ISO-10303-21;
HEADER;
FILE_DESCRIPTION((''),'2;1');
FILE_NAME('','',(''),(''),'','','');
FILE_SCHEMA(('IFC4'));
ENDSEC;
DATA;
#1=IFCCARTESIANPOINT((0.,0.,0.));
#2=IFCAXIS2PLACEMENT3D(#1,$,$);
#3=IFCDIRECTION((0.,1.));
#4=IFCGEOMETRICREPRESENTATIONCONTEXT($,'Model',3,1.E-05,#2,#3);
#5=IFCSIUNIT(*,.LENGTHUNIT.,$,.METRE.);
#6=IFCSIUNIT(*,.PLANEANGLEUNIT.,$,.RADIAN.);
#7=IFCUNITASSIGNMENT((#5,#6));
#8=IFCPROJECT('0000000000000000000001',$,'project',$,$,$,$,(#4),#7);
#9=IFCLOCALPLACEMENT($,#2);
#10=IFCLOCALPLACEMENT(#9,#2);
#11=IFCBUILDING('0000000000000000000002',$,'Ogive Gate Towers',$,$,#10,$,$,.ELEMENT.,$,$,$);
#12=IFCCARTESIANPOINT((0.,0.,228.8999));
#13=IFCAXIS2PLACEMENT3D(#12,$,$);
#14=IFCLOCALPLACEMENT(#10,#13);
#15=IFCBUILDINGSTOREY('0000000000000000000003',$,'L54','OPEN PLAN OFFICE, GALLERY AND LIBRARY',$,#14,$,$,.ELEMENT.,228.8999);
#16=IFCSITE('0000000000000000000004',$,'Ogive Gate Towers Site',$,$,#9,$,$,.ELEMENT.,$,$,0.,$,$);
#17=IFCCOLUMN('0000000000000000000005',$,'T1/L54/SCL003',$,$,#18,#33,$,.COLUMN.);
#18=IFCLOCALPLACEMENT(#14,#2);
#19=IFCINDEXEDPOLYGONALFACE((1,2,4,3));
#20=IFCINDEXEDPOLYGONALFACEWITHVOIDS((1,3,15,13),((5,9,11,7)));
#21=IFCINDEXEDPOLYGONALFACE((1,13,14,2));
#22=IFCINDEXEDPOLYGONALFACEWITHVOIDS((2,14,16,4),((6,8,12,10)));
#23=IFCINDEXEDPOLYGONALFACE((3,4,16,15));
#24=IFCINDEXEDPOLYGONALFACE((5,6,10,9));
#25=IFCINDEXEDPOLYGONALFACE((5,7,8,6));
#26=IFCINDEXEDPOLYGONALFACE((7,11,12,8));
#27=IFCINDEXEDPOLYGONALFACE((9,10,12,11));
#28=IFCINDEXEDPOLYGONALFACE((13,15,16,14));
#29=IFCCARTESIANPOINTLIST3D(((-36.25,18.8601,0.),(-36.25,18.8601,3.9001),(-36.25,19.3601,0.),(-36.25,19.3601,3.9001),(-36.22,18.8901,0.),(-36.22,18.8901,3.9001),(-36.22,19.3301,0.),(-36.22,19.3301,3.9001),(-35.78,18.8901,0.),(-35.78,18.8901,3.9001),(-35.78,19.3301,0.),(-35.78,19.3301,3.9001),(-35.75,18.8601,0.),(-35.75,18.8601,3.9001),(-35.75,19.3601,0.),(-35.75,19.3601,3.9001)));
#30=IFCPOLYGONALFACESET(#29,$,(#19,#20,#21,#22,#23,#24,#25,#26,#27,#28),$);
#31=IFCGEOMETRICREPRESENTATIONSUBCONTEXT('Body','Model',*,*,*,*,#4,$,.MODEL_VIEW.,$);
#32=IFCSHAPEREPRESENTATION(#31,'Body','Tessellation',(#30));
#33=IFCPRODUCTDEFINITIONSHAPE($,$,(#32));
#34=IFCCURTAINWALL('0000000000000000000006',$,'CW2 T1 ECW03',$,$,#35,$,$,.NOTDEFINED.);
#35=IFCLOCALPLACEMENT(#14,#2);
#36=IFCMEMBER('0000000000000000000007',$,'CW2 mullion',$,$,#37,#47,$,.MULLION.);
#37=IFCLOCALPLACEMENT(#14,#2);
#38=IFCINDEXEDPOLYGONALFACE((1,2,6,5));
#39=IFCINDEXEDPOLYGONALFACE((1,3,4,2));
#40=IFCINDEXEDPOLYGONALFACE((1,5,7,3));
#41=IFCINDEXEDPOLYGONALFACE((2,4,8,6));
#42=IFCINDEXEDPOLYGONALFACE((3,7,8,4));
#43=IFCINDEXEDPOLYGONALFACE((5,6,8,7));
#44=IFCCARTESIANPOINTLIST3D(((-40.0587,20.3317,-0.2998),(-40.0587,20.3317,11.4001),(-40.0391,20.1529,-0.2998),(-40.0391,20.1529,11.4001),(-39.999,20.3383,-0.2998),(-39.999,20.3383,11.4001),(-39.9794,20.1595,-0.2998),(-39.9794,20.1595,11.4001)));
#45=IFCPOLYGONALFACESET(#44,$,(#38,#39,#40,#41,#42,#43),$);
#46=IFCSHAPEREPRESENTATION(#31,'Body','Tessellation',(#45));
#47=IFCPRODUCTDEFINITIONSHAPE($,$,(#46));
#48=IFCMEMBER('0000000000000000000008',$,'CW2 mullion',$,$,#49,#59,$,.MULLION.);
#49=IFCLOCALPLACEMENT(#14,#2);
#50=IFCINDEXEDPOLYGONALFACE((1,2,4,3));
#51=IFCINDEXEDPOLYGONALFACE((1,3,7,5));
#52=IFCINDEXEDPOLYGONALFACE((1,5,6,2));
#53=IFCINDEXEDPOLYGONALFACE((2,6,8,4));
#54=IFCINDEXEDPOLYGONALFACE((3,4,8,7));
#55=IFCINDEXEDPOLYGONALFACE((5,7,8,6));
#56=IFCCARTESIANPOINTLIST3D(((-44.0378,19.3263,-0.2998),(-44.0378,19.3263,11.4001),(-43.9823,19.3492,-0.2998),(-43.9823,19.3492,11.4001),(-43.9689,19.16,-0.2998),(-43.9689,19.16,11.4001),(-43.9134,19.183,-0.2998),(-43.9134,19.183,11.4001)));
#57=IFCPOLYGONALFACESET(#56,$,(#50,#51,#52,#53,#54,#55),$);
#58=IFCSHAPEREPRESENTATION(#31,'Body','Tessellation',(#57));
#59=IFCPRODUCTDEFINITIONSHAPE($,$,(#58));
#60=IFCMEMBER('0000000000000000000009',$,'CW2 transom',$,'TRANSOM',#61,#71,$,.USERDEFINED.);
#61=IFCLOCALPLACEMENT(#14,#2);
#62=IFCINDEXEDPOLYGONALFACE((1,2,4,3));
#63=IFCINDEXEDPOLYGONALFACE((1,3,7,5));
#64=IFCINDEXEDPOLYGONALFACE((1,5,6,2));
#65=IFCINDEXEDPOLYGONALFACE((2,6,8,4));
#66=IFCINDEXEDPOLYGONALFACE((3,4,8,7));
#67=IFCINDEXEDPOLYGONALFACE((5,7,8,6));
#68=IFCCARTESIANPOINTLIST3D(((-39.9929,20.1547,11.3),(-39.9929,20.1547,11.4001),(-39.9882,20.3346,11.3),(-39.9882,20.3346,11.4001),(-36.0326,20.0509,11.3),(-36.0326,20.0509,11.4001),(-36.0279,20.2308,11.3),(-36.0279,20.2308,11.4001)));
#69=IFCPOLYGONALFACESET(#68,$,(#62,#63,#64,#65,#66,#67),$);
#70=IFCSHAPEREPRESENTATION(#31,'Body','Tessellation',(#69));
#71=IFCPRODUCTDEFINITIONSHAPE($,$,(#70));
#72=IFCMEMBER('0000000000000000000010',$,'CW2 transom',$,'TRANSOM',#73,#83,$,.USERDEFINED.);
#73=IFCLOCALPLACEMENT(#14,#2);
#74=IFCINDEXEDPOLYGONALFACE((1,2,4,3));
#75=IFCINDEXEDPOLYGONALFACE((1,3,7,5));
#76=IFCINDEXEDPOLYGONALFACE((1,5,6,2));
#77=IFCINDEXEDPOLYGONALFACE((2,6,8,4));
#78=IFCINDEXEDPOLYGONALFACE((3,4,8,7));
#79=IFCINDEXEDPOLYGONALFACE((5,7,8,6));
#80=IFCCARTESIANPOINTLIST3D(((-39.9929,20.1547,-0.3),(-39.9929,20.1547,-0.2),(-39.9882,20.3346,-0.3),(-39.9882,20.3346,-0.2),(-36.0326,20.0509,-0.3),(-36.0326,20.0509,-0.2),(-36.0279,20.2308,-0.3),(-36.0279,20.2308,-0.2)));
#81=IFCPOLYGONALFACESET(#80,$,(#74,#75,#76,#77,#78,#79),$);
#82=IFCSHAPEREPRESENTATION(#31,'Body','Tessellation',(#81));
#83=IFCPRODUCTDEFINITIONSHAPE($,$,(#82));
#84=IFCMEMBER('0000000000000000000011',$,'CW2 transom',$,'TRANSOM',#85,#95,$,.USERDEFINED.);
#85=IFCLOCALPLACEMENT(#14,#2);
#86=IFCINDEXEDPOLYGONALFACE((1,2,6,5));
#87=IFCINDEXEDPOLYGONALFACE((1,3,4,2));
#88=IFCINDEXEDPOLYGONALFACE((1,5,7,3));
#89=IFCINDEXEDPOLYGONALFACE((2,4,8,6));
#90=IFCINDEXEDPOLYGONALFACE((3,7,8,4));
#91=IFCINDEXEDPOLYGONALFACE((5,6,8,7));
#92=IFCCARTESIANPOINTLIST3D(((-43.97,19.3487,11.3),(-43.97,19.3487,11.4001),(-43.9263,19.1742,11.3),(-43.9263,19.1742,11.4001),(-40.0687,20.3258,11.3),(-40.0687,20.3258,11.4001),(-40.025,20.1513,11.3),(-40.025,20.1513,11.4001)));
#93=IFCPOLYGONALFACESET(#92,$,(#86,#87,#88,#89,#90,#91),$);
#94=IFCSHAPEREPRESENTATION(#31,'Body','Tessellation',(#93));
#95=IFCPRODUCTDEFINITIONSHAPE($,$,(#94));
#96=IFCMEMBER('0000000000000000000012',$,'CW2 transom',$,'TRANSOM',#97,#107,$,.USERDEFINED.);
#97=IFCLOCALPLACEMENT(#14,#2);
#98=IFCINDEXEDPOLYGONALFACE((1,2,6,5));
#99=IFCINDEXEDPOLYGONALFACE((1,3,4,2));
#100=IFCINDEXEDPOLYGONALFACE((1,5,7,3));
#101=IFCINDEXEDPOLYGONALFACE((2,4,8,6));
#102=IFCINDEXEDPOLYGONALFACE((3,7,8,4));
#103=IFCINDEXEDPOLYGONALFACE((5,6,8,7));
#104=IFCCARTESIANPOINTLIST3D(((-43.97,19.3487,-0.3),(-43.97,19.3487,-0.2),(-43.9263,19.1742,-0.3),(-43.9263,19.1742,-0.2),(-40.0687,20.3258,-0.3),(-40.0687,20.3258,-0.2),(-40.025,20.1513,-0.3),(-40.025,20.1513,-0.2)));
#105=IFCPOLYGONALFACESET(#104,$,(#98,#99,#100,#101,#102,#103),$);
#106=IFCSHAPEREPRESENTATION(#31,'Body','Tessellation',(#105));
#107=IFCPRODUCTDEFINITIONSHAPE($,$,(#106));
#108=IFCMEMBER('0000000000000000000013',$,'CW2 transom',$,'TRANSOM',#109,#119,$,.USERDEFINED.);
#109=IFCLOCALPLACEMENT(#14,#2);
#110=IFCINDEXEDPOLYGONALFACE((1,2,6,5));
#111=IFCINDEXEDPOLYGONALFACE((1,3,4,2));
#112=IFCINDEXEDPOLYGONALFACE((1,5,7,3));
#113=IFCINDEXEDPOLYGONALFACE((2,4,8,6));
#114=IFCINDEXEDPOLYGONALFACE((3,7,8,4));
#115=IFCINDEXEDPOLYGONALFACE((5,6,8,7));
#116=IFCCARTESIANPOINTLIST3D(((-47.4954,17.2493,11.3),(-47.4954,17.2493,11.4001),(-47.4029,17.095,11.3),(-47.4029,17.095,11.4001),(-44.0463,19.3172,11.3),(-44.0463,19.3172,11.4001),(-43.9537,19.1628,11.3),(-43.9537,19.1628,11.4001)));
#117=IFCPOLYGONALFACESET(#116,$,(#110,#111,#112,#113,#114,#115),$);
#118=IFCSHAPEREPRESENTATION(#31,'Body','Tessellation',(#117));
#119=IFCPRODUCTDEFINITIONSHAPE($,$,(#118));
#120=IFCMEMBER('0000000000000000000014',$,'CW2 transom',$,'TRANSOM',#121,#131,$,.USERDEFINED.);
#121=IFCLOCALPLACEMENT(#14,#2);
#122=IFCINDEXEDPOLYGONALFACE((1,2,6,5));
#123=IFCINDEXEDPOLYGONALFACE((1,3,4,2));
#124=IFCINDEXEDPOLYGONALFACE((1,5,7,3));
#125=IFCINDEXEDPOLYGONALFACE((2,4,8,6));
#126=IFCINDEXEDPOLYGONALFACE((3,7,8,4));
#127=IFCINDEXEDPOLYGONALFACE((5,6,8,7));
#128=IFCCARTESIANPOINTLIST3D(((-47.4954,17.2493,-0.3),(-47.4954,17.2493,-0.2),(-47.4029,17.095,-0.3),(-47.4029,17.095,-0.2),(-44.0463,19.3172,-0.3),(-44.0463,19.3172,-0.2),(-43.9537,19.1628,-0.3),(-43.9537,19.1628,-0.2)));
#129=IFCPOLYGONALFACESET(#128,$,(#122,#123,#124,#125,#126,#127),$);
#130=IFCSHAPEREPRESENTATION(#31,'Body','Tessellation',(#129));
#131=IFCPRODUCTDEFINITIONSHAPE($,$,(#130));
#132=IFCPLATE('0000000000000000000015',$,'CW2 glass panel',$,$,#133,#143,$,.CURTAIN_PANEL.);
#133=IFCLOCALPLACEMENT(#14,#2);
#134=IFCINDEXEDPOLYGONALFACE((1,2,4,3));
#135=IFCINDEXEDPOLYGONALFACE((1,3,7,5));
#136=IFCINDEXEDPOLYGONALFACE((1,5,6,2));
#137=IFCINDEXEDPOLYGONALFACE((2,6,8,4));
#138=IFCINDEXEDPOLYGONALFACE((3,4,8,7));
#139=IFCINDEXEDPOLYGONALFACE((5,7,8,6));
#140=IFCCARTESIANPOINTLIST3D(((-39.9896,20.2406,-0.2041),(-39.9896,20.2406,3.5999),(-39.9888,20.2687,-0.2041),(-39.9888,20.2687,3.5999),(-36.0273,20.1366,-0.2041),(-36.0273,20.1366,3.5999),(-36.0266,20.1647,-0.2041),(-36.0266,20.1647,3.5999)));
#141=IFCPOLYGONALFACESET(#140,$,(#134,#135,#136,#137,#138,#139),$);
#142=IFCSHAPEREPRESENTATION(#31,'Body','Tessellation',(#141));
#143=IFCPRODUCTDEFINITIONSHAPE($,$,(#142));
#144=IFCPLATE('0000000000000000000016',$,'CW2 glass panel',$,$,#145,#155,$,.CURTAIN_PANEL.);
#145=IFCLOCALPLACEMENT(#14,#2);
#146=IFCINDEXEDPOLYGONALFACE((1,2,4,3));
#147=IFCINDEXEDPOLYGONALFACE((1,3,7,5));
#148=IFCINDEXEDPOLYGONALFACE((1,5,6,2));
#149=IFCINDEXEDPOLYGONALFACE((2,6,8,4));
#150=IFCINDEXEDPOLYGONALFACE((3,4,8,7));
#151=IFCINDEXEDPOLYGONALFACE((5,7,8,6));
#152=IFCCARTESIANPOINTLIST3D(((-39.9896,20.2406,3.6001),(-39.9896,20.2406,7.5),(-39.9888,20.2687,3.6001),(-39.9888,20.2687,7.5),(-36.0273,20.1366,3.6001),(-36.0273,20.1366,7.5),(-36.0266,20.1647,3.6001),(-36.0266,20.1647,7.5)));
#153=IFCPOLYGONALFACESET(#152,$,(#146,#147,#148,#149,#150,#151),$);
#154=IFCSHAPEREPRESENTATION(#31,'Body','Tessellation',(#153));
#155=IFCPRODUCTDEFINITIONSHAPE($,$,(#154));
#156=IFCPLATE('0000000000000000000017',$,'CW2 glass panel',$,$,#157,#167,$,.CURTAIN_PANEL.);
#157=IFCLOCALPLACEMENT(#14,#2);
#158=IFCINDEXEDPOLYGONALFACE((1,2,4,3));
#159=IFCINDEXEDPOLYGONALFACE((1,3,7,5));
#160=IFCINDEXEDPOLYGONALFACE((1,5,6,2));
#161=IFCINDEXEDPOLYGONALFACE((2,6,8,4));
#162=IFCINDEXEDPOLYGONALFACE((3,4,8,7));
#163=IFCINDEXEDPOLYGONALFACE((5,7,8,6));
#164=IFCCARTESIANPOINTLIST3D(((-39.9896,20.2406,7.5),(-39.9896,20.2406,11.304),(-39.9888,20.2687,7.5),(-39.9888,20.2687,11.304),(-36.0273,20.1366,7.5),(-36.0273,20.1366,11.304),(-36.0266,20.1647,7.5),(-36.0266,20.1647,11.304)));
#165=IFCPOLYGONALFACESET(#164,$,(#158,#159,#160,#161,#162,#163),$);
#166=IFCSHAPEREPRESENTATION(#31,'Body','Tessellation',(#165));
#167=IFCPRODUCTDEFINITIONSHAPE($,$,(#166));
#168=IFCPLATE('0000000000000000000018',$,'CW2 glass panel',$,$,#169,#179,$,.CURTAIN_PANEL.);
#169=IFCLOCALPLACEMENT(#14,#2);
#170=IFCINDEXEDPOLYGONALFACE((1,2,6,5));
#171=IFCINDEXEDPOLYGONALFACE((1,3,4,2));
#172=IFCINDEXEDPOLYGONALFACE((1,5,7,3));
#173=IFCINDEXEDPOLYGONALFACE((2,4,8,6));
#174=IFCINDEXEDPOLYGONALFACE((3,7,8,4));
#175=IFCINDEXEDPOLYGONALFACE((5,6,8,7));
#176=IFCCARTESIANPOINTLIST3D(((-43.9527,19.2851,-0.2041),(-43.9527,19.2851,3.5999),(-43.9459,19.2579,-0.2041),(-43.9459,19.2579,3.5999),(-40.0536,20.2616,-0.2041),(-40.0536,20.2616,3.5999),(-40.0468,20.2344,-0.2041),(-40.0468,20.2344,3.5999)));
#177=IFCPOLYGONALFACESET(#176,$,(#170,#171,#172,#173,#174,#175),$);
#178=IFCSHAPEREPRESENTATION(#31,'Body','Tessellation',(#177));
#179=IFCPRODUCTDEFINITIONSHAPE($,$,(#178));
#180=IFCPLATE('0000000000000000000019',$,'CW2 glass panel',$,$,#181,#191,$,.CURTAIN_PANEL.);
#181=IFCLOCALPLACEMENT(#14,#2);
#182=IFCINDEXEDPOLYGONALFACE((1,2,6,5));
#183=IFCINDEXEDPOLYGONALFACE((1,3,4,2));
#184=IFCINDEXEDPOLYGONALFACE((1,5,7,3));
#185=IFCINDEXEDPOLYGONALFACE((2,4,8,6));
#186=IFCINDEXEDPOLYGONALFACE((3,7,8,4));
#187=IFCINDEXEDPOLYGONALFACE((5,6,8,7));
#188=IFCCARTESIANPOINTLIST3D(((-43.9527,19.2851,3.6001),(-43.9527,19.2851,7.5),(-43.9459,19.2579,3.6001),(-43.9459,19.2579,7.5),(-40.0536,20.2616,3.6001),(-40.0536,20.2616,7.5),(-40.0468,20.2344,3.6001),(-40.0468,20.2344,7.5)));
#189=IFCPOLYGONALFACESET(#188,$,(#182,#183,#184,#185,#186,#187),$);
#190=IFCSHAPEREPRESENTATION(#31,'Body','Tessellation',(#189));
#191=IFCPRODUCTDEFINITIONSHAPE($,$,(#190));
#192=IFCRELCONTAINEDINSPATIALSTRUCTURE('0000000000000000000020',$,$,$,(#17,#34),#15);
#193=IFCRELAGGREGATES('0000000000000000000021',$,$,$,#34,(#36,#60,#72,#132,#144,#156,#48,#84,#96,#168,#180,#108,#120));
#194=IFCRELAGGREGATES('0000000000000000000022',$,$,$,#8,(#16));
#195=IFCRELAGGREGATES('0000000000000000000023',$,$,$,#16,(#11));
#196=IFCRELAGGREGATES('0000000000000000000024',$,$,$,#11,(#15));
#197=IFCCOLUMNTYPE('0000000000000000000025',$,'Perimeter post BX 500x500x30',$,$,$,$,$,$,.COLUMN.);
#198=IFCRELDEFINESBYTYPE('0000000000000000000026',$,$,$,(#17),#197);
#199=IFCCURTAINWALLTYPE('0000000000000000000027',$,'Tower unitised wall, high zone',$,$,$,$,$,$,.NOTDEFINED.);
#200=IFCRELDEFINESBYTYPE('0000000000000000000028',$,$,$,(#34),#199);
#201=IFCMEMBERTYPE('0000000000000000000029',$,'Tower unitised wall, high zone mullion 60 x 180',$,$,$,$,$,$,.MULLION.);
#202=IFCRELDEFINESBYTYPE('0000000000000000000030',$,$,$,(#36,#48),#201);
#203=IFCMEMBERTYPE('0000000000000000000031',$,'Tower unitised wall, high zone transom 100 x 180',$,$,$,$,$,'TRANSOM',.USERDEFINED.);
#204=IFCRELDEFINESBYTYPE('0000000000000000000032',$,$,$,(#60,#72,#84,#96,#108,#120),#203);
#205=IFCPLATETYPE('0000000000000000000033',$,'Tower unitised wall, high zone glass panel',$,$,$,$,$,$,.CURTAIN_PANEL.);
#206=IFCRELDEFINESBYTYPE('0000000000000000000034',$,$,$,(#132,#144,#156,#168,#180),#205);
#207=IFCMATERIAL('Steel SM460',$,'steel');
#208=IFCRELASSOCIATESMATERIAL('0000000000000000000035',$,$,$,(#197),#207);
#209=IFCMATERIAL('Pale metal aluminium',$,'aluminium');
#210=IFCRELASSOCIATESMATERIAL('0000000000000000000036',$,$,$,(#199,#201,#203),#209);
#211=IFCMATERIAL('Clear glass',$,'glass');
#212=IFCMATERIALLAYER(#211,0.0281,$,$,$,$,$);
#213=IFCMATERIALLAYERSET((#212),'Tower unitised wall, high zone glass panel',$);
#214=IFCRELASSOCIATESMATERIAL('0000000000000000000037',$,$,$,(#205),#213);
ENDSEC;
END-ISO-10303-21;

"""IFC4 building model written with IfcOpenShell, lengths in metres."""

from ifc_helpers import new_model, si_unit, direction, frame, origin, origin_2d, place, context, subcontext, project, spatial, rectangle, hollow_rectangle, extrude, material, layer, layer_set, material_profile, profile_set, type_object, element, aggregate, save


model = new_model("IFC4")

# Units and contexts
model_context = context("Model", 3, precision=1e-05, world=origin(), true_north=direction((0.0, 1.0)))
body_context = subcontext(model_context, "Body", "Model", "MODEL_VIEW")
ifc_project = project(units=[si_unit("LENGTHUNIT", "METRE"), si_unit("PLANEANGLEUNIT", "RADIAN")], contexts=[model_context])

# Site, building, storey
site_placement = place(None, origin())
site = spatial("IfcSite", under=ifc_project, at=site_placement, Name="Ogive Gate Towers Site", CompositionType="ELEMENT", RefElevation=0.0)
building_placement = place(site_placement, origin())
building = spatial("IfcBuilding", under=site, at=building_placement, Name="Ogive Gate Towers", CompositionType="ELEMENT")
storey_placement = place(building_placement, frame((0.0, 0.0, 228.8999)))
storey = spatial("IfcBuildingStorey", under=building, at=storey_placement, Name="L54", Description="OPEN PLAN OFFICE, GALLERY AND LIBRARY", CompositionType="ELEMENT", Elevation=228.8999)

# Column
ifc_material_1 = material(Name="Steel SM460", Category="steel")
ifc_material_profile_1 = material_profile(ifc_material_1, hollow_rectangle(XDim=0.5, YDim=0.5, WallThickness=0.03, at=origin_2d()), Name="BX 500x500x30")
ifc_profile_set_1 = profile_set([ifc_material_profile_1], Name="Steel SM460")
column_type = type_object("IfcColumnType", Name="Perimeter post BX 500x500x30", PredefinedType="COLUMN", material=ifc_profile_set_1)
column_placement = place(storey_placement, frame((-36.0, 19.1101, 0.0), z_axis=(0.0, 0.0, 1.0), x_axis=(1.0, 0.0, 0.0)))
element("IfcColumn", 1, at=column_placement, inside=storey, type_object=column_type, Name="T1/L54/SCL003", PredefinedType="COLUMN", context=body_context, shape_type="SweptSolid", body=[
    extrude(hollow_rectangle(XDim=0.5, YDim=0.5, WallThickness=0.03, at=origin_2d()), origin(), (0.0, 0.0, 1.0), 3.9001),
])

# Curtain wall, members, plates
ifc_material_2 = material(Name="Pale metal aluminium", Category="aluminium")
curtain_wall_type = type_object("IfcCurtainWallType", Name="Tower unitised wall, high zone", PredefinedType="NOTDEFINED", material=ifc_material_2)
curtain_wall_placement = place(storey_placement, origin())
curtain_wall = element("IfcCurtainWall", 2, at=curtain_wall_placement, inside=storey, type_object=curtain_wall_type, Name="CW2 T1 ECW03", PredefinedType="NOTDEFINED")
ifc_material_profile_2 = material_profile(ifc_material_2, rectangle(XDim=0.1799, YDim=0.0601, at=origin_2d()), Name="60 x 180 aluminium box")
ifc_profile_set_2 = profile_set([ifc_material_profile_2], Name="Pale metal aluminium")
member_type_1 = type_object("IfcMemberType", Name="Tower unitised wall, high zone mullion 60 x 180", PredefinedType="MULLION", material=ifc_profile_set_2)
member_1_placement = place(storey_placement, frame((-40.019, 20.2456, -0.2998), z_axis=(0.0, 0.0, 1.0), x_axis=(-0.10937, 0.994001, 0.0)))
member_1 = element("IfcMember", 3, at=member_1_placement, type_object=member_type_1, Name="CW2 mullion", PredefinedType="MULLION", context=body_context, shape_type="SweptSolid", body=[
    extrude(rectangle(XDim=0.1799, YDim=0.0601, at=origin_2d()), origin(), (0.0, 0.0, 1.0), 11.7),
])
member_2_placement = place(storey_placement, frame((-43.9756, 19.2546, -0.2998), z_axis=(0.0, 0.0, 1.0), x_axis=(-0.3827, 0.923873, 0.0)))
member_2 = element("IfcMember", 4, at=member_2_placement, type_object=member_type_1, Name="CW2 mullion", PredefinedType="MULLION", context=body_context, shape_type="SweptSolid", body=[
    extrude(rectangle(XDim=0.1799, YDim=0.0601, at=origin_2d()), origin(), (0.0, 0.0, 1.0), 11.7),
])
ifc_material_profile_3 = material_profile(ifc_material_2, rectangle(XDim=0.1799, YDim=0.1001, at=origin_2d()), Name="100 x 180 aluminium box")
ifc_profile_set_3 = profile_set([ifc_material_profile_3], Name="Pale metal aluminium")
member_type_2 = type_object("IfcMemberType", Name="Tower unitised wall, high zone transom 100 x 180", ElementType="TRANSOM", PredefinedType="USERDEFINED", material=ifc_profile_set_3)
member_3_placement = place(storey_placement, frame((-36.0303, 20.1409, 11.3501), z_axis=(-0.999657, 0.026192, 0.0), x_axis=(-0.026192, -0.999657, 0.0)))
member_3 = element("IfcMember", 5, at=member_3_placement, type_object=member_type_2, Name="CW2 transom", ObjectType="TRANSOM", PredefinedType="USERDEFINED", context=body_context, shape_type="SweptSolid", body=[
    extrude(rectangle(XDim=0.1799, YDim=0.1001, at=origin_2d()), origin(), (0.0, 0.0, 1.0), 3.9617),
])
member_4_placement = place(storey_placement, frame((-36.0303, 20.1409, -0.25), z_axis=(-0.999657, 0.026192, 0.0), x_axis=(-0.026192, -0.999657, 0.0)))
member_4 = element("IfcMember", 6, at=member_4_placement, type_object=member_type_2, Name="CW2 transom", ObjectType="TRANSOM", PredefinedType="USERDEFINED", context=body_context, shape_type="SweptSolid", body=[
    extrude(rectangle(XDim=0.1799, YDim=0.1001, at=origin_2d()), origin(), (0.0, 0.0, 1.0), 3.9617),
])
member_5_placement = place(storey_placement, frame((-40.0469, 20.2385, 11.3501), z_axis=(-0.970039, -0.24295, 0.0), x_axis=(0.24295, -0.970039, 0.0)))
member_5 = element("IfcMember", 7, at=member_5_placement, type_object=member_type_2, Name="CW2 transom", ObjectType="TRANSOM", PredefinedType="USERDEFINED", context=body_context, shape_type="SweptSolid", body=[
    extrude(rectangle(XDim=0.1799, YDim=0.1001, at=origin_2d()), origin(), (0.0, 0.0, 1.0), 4.0217),
])
member_6_placement = place(storey_placement, frame((-40.0469, 20.2385, -0.25), z_axis=(-0.970039, -0.24295, 0.0), x_axis=(0.24295, -0.970039, 0.0)))
member_6 = element("IfcMember", 8, at=member_6_placement, type_object=member_type_2, Name="CW2 transom", ObjectType="TRANSOM", PredefinedType="USERDEFINED", context=body_context, shape_type="SweptSolid", body=[
    extrude(rectangle(XDim=0.1799, YDim=0.1001, at=origin_2d()), origin(), (0.0, 0.0, 1.0), 4.0217),
])
member_7_placement = place(storey_placement, frame((-44.0, 19.24, 11.3501), z_axis=(-0.857675, -0.514192, 0.0), x_axis=(0.514192, -0.857675, 0.0)))
member_7 = element("IfcMember", 9, at=member_7_placement, type_object=member_type_2, Name="CW2 transom", ObjectType="TRANSOM", PredefinedType="USERDEFINED", context=body_context, shape_type="SweptSolid", body=[
    extrude(rectangle(XDim=0.1799, YDim=0.1001, at=origin_2d()), origin(), (0.0, 0.0, 1.0), 4.0215),
])
member_8_placement = place(storey_placement, frame((-44.0, 19.24, -0.25), z_axis=(-0.857675, -0.514192, 0.0), x_axis=(0.514192, -0.857675, 0.0)))
member_8 = element("IfcMember", 10, at=member_8_placement, type_object=member_type_2, Name="CW2 transom", ObjectType="TRANSOM", PredefinedType="USERDEFINED", context=body_context, shape_type="SweptSolid", body=[
    extrude(rectangle(XDim=0.1799, YDim=0.1001, at=origin_2d()), origin(), (0.0, 0.0, 1.0), 4.0215),
])
ifc_material_3 = material(Name="Clear glass", Category="glass")
ifc_layer = layer(ifc_material_3, 0.0281)
ifc_layer_set = layer_set([ifc_layer], Name="Tower unitised wall, high zone glass panel")
plate_type = type_object("IfcPlateType", Name="Tower unitised wall, high zone glass panel", PredefinedType="CURTAIN_PANEL", material=ifc_layer_set)
plate_1_placement = place(storey_placement, frame((-38.0081, 20.2026, -0.2041), z_axis=(0.0, 0.0, 1.0), x_axis=(-0.999656, 0.026229, 0.0)))
plate_1 = element("IfcPlate", 11, at=plate_1_placement, type_object=plate_type, Name="CW2 glass panel", PredefinedType="CURTAIN_PANEL", context=body_context, shape_type="SweptSolid", body=[
    extrude(rectangle(XDim=3.9636, YDim=0.0281, at=origin_2d()), origin(), (0.0, 0.0, 1.0), 3.804),
])
plate_2_placement = place(storey_placement, frame((-38.0081, 20.2026, 3.6001), z_axis=(0.0, 0.0, 1.0), x_axis=(-0.999656, 0.026229, 0.0)))
plate_2 = element("IfcPlate", 12, at=plate_2_placement, type_object=plate_type, Name="CW2 glass panel", PredefinedType="CURTAIN_PANEL", context=body_context, shape_type="SweptSolid", body=[
    extrude(rectangle(XDim=3.9636, YDim=0.0281, at=origin_2d()), origin(), (0.0, 0.0, 1.0), 3.8999),
])
plate_3_placement = place(storey_placement, frame((-38.0081, 20.2026, 7.5), z_axis=(0.0, 0.0, 1.0), x_axis=(-0.999656, 0.026229, 0.0)))
plate_3 = element("IfcPlate", 13, at=plate_3_placement, type_object=plate_type, Name="CW2 glass panel", PredefinedType="CURTAIN_PANEL", context=body_context, shape_type="SweptSolid", body=[
    extrude(rectangle(XDim=3.9636, YDim=0.0281, at=origin_2d()), origin(), (0.0, 0.0, 1.0), 3.804),
])
plate_4_placement = place(storey_placement, frame((-41.9998, 19.7598, -0.2041), z_axis=(0.0, 0.0, 1.0), x_axis=(-0.970042, -0.242938, 0.0)))
plate_4 = element("IfcPlate", 14, at=plate_4_placement, type_object=plate_type, Name="CW2 glass panel", PredefinedType="CURTAIN_PANEL", context=body_context, shape_type="SweptSolid", body=[
    extrude(rectangle(XDim=4.0195, YDim=0.0281, at=origin_2d()), origin(), (0.0, 0.0, 1.0), 3.804),
])
plate_5_placement = place(storey_placement, frame((-41.9998, 19.7598, 3.6001), z_axis=(0.0, 0.0, 1.0), x_axis=(-0.970042, -0.242938, 0.0)))
plate_5 = element("IfcPlate", 15, at=plate_5_placement, type_object=plate_type, Name="CW2 glass panel", PredefinedType="CURTAIN_PANEL", context=body_context, shape_type="SweptSolid", body=[
    extrude(rectangle(XDim=4.0195, YDim=0.0281, at=origin_2d()), origin(), (0.0, 0.0, 1.0), 3.8999),
])
aggregate(curtain_wall, [member_1, member_3, member_4, plate_1, plate_2, plate_3, member_2, member_5, member_6, plate_4, plate_5, member_7, member_8])

save(model, "model.ifc")
